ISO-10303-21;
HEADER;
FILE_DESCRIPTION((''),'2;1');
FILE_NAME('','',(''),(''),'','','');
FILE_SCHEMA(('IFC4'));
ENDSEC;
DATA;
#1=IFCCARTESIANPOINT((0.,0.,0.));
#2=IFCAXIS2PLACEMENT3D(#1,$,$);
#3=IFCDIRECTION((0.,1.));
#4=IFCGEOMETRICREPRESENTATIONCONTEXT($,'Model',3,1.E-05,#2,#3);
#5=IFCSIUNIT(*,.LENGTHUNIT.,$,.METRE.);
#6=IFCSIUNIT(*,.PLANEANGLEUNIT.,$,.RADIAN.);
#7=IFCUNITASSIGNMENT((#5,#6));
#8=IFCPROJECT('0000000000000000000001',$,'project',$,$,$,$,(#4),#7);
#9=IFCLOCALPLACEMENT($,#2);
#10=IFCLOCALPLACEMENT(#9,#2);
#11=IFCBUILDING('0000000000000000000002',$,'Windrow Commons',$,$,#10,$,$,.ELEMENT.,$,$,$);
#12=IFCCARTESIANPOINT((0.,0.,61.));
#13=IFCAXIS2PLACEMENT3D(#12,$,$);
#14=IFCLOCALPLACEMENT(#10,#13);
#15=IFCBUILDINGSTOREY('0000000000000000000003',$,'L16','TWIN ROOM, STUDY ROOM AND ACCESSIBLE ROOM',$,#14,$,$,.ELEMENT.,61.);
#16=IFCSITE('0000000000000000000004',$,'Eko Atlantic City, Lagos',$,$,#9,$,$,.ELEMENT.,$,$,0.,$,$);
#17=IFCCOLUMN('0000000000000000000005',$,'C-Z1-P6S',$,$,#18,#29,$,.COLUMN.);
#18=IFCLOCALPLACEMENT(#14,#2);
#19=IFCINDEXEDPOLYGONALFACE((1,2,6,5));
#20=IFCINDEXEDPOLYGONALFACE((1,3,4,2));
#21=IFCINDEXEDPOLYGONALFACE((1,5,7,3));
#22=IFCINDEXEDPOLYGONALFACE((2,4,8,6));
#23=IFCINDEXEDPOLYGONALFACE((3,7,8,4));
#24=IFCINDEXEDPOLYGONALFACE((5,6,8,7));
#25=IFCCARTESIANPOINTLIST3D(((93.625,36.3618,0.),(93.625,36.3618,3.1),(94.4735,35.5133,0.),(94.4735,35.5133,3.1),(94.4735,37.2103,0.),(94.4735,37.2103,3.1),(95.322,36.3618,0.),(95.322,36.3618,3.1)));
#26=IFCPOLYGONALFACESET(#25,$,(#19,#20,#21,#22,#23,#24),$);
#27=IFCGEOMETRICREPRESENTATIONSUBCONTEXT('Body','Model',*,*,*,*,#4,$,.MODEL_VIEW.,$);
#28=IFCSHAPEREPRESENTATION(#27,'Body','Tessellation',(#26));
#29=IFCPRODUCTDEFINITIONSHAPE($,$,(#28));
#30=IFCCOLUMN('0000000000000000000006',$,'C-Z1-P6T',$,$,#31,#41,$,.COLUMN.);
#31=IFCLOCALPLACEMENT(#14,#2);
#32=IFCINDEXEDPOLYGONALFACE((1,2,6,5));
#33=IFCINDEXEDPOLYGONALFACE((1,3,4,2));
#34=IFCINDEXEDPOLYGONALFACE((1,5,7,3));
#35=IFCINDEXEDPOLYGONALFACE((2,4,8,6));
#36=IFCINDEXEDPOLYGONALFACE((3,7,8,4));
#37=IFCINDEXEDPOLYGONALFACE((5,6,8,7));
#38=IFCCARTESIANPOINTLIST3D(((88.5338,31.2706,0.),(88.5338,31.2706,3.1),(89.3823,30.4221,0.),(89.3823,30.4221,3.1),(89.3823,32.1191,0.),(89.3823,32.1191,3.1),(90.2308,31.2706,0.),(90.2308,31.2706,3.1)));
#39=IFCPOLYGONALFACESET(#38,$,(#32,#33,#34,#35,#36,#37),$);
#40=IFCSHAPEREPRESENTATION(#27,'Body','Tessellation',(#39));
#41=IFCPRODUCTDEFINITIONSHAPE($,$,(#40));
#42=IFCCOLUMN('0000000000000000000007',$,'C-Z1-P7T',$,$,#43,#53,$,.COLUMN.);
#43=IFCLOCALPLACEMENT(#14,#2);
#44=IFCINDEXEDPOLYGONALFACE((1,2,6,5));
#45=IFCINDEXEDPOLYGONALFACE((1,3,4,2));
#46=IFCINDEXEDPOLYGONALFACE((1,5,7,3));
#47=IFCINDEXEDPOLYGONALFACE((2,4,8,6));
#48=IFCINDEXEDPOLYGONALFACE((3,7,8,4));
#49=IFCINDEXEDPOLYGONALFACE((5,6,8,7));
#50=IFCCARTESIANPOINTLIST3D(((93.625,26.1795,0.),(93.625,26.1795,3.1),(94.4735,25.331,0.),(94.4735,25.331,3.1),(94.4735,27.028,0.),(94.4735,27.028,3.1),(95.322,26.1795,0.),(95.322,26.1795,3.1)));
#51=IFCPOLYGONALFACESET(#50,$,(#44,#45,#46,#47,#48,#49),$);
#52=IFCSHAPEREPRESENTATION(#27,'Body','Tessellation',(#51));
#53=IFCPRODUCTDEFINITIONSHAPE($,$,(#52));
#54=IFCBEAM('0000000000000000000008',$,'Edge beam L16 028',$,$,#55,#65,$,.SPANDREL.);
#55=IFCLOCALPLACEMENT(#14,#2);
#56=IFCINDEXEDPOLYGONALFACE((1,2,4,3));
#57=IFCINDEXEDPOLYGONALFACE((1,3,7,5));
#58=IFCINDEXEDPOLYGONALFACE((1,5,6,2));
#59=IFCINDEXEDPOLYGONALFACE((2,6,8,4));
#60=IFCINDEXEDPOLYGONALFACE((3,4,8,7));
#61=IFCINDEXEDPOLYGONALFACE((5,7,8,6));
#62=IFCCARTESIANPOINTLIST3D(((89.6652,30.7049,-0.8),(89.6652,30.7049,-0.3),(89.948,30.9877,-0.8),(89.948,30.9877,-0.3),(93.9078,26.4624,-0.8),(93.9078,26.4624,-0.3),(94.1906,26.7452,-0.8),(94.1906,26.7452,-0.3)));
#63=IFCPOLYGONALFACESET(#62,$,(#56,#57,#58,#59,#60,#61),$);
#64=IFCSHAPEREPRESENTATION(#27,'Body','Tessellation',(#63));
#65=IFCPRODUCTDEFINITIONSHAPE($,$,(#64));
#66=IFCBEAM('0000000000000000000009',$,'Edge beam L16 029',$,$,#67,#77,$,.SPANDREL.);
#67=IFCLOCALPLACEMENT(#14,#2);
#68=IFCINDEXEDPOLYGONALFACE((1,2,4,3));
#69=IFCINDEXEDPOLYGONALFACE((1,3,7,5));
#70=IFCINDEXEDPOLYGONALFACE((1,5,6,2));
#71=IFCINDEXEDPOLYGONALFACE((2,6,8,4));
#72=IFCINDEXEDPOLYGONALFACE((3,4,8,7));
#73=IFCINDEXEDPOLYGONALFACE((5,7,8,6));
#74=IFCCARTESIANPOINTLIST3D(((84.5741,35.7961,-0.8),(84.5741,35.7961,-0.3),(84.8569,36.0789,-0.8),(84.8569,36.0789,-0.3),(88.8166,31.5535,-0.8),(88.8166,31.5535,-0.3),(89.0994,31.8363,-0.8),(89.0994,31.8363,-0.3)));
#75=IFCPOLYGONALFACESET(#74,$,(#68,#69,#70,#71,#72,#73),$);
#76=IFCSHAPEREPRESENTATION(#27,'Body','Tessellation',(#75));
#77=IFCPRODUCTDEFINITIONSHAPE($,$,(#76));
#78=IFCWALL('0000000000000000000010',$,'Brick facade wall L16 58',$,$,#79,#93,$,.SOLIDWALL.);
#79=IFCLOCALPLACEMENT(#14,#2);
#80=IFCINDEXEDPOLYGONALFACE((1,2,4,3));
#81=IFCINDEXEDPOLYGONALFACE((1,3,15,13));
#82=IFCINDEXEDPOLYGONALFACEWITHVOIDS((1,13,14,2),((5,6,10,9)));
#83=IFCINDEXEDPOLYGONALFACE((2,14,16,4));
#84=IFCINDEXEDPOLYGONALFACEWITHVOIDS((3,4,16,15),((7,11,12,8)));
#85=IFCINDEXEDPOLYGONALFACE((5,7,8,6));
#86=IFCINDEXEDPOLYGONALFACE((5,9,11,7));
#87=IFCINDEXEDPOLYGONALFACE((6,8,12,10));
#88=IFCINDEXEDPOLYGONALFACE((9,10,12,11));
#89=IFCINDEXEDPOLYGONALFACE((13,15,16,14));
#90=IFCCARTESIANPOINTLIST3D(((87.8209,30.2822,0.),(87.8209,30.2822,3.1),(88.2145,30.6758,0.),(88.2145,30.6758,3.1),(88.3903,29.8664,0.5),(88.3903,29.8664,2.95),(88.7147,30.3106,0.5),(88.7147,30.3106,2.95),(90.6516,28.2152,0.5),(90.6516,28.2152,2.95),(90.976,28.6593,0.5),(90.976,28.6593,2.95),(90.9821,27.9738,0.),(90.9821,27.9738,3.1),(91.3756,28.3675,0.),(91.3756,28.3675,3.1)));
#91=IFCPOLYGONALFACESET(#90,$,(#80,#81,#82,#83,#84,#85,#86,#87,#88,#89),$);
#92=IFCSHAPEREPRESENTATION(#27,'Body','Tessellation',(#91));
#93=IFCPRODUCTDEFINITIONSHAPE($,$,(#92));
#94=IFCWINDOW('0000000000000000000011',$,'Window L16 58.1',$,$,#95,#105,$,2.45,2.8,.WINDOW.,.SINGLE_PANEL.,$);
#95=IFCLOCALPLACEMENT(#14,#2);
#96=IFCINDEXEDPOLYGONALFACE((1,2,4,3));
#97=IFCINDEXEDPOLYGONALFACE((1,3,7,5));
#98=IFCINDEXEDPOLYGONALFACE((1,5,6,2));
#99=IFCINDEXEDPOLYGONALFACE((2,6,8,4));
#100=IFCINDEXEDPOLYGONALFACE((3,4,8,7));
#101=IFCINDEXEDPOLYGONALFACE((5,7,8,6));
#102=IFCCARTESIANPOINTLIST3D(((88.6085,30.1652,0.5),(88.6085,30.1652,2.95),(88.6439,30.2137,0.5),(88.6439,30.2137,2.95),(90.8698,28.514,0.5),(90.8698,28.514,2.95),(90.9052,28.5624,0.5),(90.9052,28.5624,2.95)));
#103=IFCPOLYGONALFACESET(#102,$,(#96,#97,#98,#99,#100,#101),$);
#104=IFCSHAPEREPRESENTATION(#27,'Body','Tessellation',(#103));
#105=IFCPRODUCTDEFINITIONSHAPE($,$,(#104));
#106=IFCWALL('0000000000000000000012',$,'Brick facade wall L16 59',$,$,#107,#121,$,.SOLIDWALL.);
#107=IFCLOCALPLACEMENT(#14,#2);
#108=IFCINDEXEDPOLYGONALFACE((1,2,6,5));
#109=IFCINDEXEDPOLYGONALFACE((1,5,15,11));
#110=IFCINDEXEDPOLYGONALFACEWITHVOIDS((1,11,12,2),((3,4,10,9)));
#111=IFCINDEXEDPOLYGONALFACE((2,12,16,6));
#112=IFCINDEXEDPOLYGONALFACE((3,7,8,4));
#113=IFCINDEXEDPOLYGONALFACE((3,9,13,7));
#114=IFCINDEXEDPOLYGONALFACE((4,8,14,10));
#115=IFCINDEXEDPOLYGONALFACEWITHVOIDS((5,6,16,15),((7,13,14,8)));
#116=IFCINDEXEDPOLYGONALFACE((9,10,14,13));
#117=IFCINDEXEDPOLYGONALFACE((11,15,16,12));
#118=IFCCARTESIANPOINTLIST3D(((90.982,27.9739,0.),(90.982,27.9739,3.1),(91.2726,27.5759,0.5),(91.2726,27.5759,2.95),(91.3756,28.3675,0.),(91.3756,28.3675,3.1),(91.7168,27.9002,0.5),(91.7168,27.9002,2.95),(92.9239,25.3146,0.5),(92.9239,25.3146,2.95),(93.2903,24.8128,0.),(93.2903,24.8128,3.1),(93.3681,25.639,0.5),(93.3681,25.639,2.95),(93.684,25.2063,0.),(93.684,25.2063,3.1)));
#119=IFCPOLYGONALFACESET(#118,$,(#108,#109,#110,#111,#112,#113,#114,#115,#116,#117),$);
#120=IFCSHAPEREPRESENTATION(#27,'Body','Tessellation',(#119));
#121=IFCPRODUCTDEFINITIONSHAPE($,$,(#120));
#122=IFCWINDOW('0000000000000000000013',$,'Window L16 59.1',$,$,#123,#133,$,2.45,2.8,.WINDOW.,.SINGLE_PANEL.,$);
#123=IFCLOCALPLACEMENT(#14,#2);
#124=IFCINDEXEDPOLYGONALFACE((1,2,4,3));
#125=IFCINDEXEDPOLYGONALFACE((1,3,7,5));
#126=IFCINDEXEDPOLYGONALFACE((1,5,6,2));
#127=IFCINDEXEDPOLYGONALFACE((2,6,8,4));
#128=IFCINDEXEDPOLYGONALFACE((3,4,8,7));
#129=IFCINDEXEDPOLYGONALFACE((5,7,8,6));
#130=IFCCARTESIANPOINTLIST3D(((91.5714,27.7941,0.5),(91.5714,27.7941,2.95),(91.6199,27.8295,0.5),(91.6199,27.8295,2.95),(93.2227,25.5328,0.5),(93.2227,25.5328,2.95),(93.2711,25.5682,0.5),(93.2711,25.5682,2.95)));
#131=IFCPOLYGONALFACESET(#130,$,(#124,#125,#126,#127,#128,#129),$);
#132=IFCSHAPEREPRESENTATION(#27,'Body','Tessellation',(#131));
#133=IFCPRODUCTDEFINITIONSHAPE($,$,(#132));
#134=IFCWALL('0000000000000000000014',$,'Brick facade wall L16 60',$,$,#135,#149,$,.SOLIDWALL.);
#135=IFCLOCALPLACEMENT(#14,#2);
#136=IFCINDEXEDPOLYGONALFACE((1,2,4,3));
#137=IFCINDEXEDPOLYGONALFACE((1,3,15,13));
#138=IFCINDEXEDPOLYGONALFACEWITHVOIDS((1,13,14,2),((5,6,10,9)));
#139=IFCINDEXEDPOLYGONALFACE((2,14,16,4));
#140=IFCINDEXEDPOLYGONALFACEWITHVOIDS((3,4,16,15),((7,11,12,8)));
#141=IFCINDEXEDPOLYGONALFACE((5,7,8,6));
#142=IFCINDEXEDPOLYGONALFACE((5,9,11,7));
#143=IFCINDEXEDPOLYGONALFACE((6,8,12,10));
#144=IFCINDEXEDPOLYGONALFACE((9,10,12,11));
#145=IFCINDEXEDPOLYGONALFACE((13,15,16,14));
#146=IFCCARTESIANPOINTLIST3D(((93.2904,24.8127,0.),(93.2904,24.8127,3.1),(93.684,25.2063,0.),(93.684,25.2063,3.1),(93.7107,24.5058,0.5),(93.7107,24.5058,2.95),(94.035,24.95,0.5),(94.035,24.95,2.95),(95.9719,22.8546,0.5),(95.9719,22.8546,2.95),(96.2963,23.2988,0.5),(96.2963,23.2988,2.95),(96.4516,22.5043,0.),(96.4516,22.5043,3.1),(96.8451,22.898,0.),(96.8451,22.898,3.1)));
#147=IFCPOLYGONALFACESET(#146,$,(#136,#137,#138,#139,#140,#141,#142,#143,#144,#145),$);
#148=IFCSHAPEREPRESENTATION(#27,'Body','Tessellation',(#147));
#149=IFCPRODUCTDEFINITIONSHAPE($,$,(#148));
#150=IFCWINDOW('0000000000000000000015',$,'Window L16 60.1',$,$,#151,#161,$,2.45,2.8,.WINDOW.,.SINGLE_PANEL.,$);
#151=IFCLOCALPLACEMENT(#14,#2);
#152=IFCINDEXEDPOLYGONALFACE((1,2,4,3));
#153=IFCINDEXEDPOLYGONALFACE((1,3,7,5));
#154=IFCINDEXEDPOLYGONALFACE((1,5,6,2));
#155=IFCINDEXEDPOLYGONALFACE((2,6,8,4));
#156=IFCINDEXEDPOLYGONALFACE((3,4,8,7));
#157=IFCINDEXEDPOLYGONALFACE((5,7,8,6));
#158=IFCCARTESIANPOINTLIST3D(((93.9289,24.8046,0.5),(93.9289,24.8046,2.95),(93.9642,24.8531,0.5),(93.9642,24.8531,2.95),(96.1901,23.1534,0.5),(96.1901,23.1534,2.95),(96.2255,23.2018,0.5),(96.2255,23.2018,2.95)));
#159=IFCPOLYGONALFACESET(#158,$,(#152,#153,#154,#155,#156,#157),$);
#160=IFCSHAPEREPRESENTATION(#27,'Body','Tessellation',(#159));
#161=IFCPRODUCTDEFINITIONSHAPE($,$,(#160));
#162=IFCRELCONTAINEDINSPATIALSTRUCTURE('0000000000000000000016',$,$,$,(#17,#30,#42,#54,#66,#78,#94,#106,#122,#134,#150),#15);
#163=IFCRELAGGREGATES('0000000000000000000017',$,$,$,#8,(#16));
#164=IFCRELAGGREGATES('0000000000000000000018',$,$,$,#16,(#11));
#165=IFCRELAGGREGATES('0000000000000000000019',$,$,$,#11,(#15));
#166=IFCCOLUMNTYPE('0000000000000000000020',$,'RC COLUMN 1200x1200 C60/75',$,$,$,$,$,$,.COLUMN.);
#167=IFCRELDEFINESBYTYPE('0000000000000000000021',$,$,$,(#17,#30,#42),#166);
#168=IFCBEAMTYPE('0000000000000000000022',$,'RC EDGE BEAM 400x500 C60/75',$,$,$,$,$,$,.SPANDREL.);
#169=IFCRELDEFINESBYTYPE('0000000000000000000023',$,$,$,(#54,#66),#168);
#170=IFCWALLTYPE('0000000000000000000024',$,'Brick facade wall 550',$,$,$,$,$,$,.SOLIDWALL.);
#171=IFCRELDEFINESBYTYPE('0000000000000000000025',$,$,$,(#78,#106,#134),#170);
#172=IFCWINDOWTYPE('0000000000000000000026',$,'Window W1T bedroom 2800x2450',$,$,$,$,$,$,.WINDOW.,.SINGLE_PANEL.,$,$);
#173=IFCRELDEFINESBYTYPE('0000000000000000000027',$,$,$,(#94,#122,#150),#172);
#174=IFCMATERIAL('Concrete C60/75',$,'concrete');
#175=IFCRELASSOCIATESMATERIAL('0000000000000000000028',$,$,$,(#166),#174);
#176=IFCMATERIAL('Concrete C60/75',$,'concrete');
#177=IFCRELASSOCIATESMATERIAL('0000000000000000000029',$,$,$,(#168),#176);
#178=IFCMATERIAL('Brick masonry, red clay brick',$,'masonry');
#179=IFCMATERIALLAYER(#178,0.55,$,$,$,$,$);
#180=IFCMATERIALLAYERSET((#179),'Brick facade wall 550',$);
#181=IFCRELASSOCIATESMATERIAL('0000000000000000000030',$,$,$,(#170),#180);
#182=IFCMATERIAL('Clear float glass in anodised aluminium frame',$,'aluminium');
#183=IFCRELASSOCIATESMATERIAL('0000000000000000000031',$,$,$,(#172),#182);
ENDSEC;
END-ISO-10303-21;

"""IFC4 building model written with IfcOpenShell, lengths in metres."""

from ifc_helpers import new_model, si_unit, direction, frame, frame_2d, origin, origin_2d, place, context, subcontext, project, spatial, polyline, rectangle, outline, extrude, material, layer, layer_set, material_profile, profile_set, type_object, element, fill, save


model = new_model("IFC4")

# Units and contexts
model_context = context("Model", 3, precision=1e-05, world=origin(), true_north=direction((0.0, 1.0)))
body_context = subcontext(model_context, "Body", "Model", "MODEL_VIEW")
ifc_project = project(units=[si_unit("LENGTHUNIT", "METRE"), si_unit("PLANEANGLEUNIT", "RADIAN")], contexts=[model_context])

# Site, building, storey
site_placement = place(None, origin())
site = spatial("IfcSite", under=ifc_project, at=site_placement, Name="Eko Atlantic City, Lagos", CompositionType="ELEMENT", RefElevation=0.0)
building_placement = place(site_placement, origin())
building = spatial("IfcBuilding", under=site, at=building_placement, Name="Windrow Commons", CompositionType="ELEMENT")
storey_placement = place(building_placement, frame((0.0, 0.0, 61.0)))
storey = spatial("IfcBuildingStorey", under=building, at=storey_placement, Name="L16", Description="TWIN ROOM, STUDY ROOM AND ACCESSIBLE ROOM", CompositionType="ELEMENT", Elevation=61.0)

# Columns
ifc_material_1 = material(Name="Concrete C60/75", Category="concrete")
ifc_material_profile_1 = material_profile(ifc_material_1, rectangle(XDim=1.2, YDim=1.2, at=origin_2d()))
ifc_profile_set_1 = profile_set([ifc_material_profile_1], Name="Concrete C60/75")
column_type = type_object("IfcColumnType", Name="RC COLUMN 1200x1200 C60/75", PredefinedType="COLUMN", material=ifc_profile_set_1)
for number, where, z_axis, x_axis, name in (
    (1, (94.4735, 36.3618, 0.0), (0.0, 0.0, 1.0), (0.707107, -0.707107, 0.0), "C-Z1-P6S"),
    (2, (89.3823, 31.2706, 0.0), (0.0, 0.0, 1.0), (0.707107, -0.707107, 0.0), "C-Z1-P6T"),
    (3, (94.4735, 26.1795, 0.0), (0.0, 0.0, 1.0), (0.707107, -0.707107, 0.0), "C-Z1-P7T"),
):
    element("IfcColumn", number, at=place(storey_placement, frame(where, z_axis=z_axis, x_axis=x_axis)), inside=storey, type_object=column_type, Name=name, PredefinedType="COLUMN", context=body_context, shape_type="SweptSolid", body=[
        extrude(rectangle(XDim=1.2, YDim=1.2, at=origin_2d()), origin(), (0.0, 0.0, 1.0), 3.1),
    ])

# Beams
ifc_material_2 = material(Name="Concrete C60/75", Category="concrete")
ifc_material_profile_2 = material_profile(ifc_material_2, rectangle(XDim=0.4, YDim=0.5, at=origin_2d()))
ifc_profile_set_2 = profile_set([ifc_material_profile_2], Name="Concrete C60/75")
beam_type = type_object("IfcBeamType", Name="RC EDGE BEAM 400x500 C60/75", PredefinedType="SPANDREL", material=ifc_profile_set_2)
for number, where, z_axis, x_axis, name in (
    (4, (94.0492, 26.6038, -0.55), (-0.707115, 0.707098, 0.0), (-0.707098, -0.707115, 0.0), "Edge beam L16 028"),
    (5, (88.958, 31.6949, -0.55), (-0.707098, 0.707115, 0.0), (-0.707115, -0.707098, 0.0), "Edge beam L16 029"),
):
    element("IfcBeam", number, at=place(storey_placement, frame(where, z_axis=z_axis, x_axis=x_axis)), inside=storey, type_object=beam_type, Name=name, PredefinedType="SPANDREL", context=body_context, shape_type="SweptSolid", body=[
        extrude(rectangle(XDim=0.4, YDim=0.5, at=origin_2d()), origin(), (0.0, 0.0, 1.0), 5.9999),
    ])

# Walls, openings, windows
ifc_material_3 = material(Name="Brick masonry, red clay brick", Category="masonry")
ifc_layer_1 = layer(ifc_material_3, 0.55)
ifc_layer_set_1 = layer_set([ifc_layer_1], Name="Brick facade wall 550")
wall_type_1 = type_object("IfcWallType", Name="Brick facade wall 550", PredefinedType="SOLIDWALL", material=ifc_layer_set_1)
wall_1_placement = place(storey_placement, frame((88.0177, 30.479, 0.0), z_axis=(0.0, 0.0, 1.0), x_axis=(0.807602, -0.589728, 0.0)))
wall_1 = element("IfcWall", 6, at=wall_1_placement, inside=storey, type_object=wall_type_1, Name="Brick facade wall L16 58", PredefinedType="SOLIDWALL", context=body_context, shape_type="SweptSolid", body=[
    extrude(outline(polyline([(-0.0429, -0.275), (3.8714, -0.275), (3.9571, 0.275), (0.0429, 0.275), (-0.0429, -0.275)])), origin(), (0.0, 0.0, 1.0), 3.1),
])
opening_1_placement = place(wall_1_placement, frame((0.6622, 0.0, 0.5)))
opening_1 = element("IfcOpeningElement", 7, at=opening_1_placement, cuts=wall_1, PredefinedType="OPENING", context=body_context, shape_type="SweptSolid", body=[
    extrude(rectangle(XDim=2.8, YDim=2.45, at=frame_2d((1.4, 1.225))), frame((0.0, 0.285, 0.0), z_axis=(0.0, -1.0, 0.0), x_axis=(1.0, 0.0, 0.0)), (0.0, 0.0, 1.0), 0.57),
])
ifc_material_4 = material(Name="Clear float glass in anodised aluminium frame", Category="aluminium")
window_type = type_object("IfcWindowType", Name="Window W1T bedroom 2800x2450", PartitioningType="SINGLE_PANEL", PredefinedType="WINDOW", material=ifc_material_4)
window_1_placement = place(opening_1_placement, origin())
window_1 = element("IfcWindow", 8, at=window_1_placement, inside=storey, type_object=window_type, Name="Window L16 58.1", OverallHeight=2.45, OverallWidth=2.8, PartitioningType="SINGLE_PANEL", PredefinedType="WINDOW", context=body_context, shape_type="SweptSolid", body=[
    extrude(rectangle(XDim=2.8, YDim=2.45, at=frame_2d((1.4, 1.225))), frame((0.0, 0.155, 0.0), z_axis=(0.0, -1.0, 0.0), x_axis=(1.0, 0.0, 0.0)), (0.0, 0.0, 1.0), 0.06),
])
fill(opening_1, window_1)
wall_2_placement = place(storey_placement, frame((91.1788, 28.1707, 0.0), z_axis=(0.0, 0.0, 1.0), x_axis=(0.589732, -0.807599, 0.0)))
wall_2 = element("IfcWall", 9, at=wall_2_placement, inside=storey, type_object=wall_type_1, Name="Brick facade wall L16 59", PredefinedType="SOLIDWALL", context=body_context, shape_type="SweptSolid", body=[
    extrude(outline(polyline([(0.0429, -0.275), (3.9571, -0.275), (3.8714, 0.275), (-0.0429, 0.275), (0.0429, -0.275)])), origin(), (0.0, 0.0, 1.0), 3.1),
])
opening_2_placement = place(wall_2_placement, frame((0.5357, 0.0, 0.5)))
opening_2 = element("IfcOpeningElement", 10, at=opening_2_placement, cuts=wall_2, PredefinedType="OPENING", context=body_context, shape_type="SweptSolid", body=[
    extrude(rectangle(XDim=2.8, YDim=2.45, at=frame_2d((1.4, 1.225))), frame((0.0, 0.285, 0.0), z_axis=(0.0, -1.0, 0.0), x_axis=(1.0, 0.0, 0.0)), (0.0, 0.0, 1.0), 0.57),
])
window_2_placement = place(opening_2_placement, origin())
window_2 = element("IfcWindow", 11, at=window_2_placement, inside=storey, type_object=window_type, Name="Window L16 59.1", OverallHeight=2.45, OverallWidth=2.8, PartitioningType="SINGLE_PANEL", PredefinedType="WINDOW", context=body_context, shape_type="SweptSolid", body=[
    extrude(rectangle(XDim=2.8, YDim=2.45, at=frame_2d((1.4, 1.225))), frame((0.0, 0.155, 0.0), z_axis=(0.0, -1.0, 0.0), x_axis=(1.0, 0.0, 0.0)), (0.0, 0.0, 1.0), 0.06),
])
fill(opening_2, window_2)
wall_3_placement = place(storey_placement, frame((93.4872, 25.0095, 0.0), z_axis=(0.0, 0.0, 1.0), x_axis=(0.807602, -0.589728, 0.0)))
wall_3 = element("IfcWall", 12, at=wall_3_placement, inside=storey, type_object=wall_type_1, Name="Brick facade wall L16 60", PredefinedType="SOLIDWALL", context=body_context, shape_type="SweptSolid", body=[
    extrude(outline(polyline([(-0.0429, -0.275), (3.8714, -0.275), (3.9571, 0.275), (0.0429, 0.275), (-0.0429, -0.275)])), origin(), (0.0, 0.0, 1.0), 3.1),
])
opening_3_placement = place(wall_3_placement, frame((0.4775, 0.0, 0.5)))
opening_3 = element("IfcOpeningElement", 13, at=opening_3_placement, cuts=wall_3, PredefinedType="OPENING", context=body_context, shape_type="SweptSolid", body=[
    extrude(rectangle(XDim=2.8, YDim=2.45, at=frame_2d((1.4, 1.225))), frame((0.0, 0.285, 0.0), z_axis=(0.0, -1.0, 0.0), x_axis=(1.0, 0.0, 0.0)), (0.0, 0.0, 1.0), 0.57),
])
window_3_placement = place(opening_3_placement, origin())
window_3 = element("IfcWindow", 14, at=window_3_placement, inside=storey, type_object=window_type, Name="Window L16 60.1", OverallHeight=2.45, OverallWidth=2.8, PartitioningType="SINGLE_PANEL", PredefinedType="WINDOW", context=body_context, shape_type="SweptSolid", body=[
    extrude(rectangle(XDim=2.8, YDim=2.45, at=frame_2d((1.4, 1.225))), frame((0.0, 0.155, 0.0), z_axis=(0.0, -1.0, 0.0), x_axis=(1.0, 0.0, 0.0)), (0.0, 0.0, 1.0), 0.06),
])
fill(opening_3, window_3)

save(model, "model.ifc")
